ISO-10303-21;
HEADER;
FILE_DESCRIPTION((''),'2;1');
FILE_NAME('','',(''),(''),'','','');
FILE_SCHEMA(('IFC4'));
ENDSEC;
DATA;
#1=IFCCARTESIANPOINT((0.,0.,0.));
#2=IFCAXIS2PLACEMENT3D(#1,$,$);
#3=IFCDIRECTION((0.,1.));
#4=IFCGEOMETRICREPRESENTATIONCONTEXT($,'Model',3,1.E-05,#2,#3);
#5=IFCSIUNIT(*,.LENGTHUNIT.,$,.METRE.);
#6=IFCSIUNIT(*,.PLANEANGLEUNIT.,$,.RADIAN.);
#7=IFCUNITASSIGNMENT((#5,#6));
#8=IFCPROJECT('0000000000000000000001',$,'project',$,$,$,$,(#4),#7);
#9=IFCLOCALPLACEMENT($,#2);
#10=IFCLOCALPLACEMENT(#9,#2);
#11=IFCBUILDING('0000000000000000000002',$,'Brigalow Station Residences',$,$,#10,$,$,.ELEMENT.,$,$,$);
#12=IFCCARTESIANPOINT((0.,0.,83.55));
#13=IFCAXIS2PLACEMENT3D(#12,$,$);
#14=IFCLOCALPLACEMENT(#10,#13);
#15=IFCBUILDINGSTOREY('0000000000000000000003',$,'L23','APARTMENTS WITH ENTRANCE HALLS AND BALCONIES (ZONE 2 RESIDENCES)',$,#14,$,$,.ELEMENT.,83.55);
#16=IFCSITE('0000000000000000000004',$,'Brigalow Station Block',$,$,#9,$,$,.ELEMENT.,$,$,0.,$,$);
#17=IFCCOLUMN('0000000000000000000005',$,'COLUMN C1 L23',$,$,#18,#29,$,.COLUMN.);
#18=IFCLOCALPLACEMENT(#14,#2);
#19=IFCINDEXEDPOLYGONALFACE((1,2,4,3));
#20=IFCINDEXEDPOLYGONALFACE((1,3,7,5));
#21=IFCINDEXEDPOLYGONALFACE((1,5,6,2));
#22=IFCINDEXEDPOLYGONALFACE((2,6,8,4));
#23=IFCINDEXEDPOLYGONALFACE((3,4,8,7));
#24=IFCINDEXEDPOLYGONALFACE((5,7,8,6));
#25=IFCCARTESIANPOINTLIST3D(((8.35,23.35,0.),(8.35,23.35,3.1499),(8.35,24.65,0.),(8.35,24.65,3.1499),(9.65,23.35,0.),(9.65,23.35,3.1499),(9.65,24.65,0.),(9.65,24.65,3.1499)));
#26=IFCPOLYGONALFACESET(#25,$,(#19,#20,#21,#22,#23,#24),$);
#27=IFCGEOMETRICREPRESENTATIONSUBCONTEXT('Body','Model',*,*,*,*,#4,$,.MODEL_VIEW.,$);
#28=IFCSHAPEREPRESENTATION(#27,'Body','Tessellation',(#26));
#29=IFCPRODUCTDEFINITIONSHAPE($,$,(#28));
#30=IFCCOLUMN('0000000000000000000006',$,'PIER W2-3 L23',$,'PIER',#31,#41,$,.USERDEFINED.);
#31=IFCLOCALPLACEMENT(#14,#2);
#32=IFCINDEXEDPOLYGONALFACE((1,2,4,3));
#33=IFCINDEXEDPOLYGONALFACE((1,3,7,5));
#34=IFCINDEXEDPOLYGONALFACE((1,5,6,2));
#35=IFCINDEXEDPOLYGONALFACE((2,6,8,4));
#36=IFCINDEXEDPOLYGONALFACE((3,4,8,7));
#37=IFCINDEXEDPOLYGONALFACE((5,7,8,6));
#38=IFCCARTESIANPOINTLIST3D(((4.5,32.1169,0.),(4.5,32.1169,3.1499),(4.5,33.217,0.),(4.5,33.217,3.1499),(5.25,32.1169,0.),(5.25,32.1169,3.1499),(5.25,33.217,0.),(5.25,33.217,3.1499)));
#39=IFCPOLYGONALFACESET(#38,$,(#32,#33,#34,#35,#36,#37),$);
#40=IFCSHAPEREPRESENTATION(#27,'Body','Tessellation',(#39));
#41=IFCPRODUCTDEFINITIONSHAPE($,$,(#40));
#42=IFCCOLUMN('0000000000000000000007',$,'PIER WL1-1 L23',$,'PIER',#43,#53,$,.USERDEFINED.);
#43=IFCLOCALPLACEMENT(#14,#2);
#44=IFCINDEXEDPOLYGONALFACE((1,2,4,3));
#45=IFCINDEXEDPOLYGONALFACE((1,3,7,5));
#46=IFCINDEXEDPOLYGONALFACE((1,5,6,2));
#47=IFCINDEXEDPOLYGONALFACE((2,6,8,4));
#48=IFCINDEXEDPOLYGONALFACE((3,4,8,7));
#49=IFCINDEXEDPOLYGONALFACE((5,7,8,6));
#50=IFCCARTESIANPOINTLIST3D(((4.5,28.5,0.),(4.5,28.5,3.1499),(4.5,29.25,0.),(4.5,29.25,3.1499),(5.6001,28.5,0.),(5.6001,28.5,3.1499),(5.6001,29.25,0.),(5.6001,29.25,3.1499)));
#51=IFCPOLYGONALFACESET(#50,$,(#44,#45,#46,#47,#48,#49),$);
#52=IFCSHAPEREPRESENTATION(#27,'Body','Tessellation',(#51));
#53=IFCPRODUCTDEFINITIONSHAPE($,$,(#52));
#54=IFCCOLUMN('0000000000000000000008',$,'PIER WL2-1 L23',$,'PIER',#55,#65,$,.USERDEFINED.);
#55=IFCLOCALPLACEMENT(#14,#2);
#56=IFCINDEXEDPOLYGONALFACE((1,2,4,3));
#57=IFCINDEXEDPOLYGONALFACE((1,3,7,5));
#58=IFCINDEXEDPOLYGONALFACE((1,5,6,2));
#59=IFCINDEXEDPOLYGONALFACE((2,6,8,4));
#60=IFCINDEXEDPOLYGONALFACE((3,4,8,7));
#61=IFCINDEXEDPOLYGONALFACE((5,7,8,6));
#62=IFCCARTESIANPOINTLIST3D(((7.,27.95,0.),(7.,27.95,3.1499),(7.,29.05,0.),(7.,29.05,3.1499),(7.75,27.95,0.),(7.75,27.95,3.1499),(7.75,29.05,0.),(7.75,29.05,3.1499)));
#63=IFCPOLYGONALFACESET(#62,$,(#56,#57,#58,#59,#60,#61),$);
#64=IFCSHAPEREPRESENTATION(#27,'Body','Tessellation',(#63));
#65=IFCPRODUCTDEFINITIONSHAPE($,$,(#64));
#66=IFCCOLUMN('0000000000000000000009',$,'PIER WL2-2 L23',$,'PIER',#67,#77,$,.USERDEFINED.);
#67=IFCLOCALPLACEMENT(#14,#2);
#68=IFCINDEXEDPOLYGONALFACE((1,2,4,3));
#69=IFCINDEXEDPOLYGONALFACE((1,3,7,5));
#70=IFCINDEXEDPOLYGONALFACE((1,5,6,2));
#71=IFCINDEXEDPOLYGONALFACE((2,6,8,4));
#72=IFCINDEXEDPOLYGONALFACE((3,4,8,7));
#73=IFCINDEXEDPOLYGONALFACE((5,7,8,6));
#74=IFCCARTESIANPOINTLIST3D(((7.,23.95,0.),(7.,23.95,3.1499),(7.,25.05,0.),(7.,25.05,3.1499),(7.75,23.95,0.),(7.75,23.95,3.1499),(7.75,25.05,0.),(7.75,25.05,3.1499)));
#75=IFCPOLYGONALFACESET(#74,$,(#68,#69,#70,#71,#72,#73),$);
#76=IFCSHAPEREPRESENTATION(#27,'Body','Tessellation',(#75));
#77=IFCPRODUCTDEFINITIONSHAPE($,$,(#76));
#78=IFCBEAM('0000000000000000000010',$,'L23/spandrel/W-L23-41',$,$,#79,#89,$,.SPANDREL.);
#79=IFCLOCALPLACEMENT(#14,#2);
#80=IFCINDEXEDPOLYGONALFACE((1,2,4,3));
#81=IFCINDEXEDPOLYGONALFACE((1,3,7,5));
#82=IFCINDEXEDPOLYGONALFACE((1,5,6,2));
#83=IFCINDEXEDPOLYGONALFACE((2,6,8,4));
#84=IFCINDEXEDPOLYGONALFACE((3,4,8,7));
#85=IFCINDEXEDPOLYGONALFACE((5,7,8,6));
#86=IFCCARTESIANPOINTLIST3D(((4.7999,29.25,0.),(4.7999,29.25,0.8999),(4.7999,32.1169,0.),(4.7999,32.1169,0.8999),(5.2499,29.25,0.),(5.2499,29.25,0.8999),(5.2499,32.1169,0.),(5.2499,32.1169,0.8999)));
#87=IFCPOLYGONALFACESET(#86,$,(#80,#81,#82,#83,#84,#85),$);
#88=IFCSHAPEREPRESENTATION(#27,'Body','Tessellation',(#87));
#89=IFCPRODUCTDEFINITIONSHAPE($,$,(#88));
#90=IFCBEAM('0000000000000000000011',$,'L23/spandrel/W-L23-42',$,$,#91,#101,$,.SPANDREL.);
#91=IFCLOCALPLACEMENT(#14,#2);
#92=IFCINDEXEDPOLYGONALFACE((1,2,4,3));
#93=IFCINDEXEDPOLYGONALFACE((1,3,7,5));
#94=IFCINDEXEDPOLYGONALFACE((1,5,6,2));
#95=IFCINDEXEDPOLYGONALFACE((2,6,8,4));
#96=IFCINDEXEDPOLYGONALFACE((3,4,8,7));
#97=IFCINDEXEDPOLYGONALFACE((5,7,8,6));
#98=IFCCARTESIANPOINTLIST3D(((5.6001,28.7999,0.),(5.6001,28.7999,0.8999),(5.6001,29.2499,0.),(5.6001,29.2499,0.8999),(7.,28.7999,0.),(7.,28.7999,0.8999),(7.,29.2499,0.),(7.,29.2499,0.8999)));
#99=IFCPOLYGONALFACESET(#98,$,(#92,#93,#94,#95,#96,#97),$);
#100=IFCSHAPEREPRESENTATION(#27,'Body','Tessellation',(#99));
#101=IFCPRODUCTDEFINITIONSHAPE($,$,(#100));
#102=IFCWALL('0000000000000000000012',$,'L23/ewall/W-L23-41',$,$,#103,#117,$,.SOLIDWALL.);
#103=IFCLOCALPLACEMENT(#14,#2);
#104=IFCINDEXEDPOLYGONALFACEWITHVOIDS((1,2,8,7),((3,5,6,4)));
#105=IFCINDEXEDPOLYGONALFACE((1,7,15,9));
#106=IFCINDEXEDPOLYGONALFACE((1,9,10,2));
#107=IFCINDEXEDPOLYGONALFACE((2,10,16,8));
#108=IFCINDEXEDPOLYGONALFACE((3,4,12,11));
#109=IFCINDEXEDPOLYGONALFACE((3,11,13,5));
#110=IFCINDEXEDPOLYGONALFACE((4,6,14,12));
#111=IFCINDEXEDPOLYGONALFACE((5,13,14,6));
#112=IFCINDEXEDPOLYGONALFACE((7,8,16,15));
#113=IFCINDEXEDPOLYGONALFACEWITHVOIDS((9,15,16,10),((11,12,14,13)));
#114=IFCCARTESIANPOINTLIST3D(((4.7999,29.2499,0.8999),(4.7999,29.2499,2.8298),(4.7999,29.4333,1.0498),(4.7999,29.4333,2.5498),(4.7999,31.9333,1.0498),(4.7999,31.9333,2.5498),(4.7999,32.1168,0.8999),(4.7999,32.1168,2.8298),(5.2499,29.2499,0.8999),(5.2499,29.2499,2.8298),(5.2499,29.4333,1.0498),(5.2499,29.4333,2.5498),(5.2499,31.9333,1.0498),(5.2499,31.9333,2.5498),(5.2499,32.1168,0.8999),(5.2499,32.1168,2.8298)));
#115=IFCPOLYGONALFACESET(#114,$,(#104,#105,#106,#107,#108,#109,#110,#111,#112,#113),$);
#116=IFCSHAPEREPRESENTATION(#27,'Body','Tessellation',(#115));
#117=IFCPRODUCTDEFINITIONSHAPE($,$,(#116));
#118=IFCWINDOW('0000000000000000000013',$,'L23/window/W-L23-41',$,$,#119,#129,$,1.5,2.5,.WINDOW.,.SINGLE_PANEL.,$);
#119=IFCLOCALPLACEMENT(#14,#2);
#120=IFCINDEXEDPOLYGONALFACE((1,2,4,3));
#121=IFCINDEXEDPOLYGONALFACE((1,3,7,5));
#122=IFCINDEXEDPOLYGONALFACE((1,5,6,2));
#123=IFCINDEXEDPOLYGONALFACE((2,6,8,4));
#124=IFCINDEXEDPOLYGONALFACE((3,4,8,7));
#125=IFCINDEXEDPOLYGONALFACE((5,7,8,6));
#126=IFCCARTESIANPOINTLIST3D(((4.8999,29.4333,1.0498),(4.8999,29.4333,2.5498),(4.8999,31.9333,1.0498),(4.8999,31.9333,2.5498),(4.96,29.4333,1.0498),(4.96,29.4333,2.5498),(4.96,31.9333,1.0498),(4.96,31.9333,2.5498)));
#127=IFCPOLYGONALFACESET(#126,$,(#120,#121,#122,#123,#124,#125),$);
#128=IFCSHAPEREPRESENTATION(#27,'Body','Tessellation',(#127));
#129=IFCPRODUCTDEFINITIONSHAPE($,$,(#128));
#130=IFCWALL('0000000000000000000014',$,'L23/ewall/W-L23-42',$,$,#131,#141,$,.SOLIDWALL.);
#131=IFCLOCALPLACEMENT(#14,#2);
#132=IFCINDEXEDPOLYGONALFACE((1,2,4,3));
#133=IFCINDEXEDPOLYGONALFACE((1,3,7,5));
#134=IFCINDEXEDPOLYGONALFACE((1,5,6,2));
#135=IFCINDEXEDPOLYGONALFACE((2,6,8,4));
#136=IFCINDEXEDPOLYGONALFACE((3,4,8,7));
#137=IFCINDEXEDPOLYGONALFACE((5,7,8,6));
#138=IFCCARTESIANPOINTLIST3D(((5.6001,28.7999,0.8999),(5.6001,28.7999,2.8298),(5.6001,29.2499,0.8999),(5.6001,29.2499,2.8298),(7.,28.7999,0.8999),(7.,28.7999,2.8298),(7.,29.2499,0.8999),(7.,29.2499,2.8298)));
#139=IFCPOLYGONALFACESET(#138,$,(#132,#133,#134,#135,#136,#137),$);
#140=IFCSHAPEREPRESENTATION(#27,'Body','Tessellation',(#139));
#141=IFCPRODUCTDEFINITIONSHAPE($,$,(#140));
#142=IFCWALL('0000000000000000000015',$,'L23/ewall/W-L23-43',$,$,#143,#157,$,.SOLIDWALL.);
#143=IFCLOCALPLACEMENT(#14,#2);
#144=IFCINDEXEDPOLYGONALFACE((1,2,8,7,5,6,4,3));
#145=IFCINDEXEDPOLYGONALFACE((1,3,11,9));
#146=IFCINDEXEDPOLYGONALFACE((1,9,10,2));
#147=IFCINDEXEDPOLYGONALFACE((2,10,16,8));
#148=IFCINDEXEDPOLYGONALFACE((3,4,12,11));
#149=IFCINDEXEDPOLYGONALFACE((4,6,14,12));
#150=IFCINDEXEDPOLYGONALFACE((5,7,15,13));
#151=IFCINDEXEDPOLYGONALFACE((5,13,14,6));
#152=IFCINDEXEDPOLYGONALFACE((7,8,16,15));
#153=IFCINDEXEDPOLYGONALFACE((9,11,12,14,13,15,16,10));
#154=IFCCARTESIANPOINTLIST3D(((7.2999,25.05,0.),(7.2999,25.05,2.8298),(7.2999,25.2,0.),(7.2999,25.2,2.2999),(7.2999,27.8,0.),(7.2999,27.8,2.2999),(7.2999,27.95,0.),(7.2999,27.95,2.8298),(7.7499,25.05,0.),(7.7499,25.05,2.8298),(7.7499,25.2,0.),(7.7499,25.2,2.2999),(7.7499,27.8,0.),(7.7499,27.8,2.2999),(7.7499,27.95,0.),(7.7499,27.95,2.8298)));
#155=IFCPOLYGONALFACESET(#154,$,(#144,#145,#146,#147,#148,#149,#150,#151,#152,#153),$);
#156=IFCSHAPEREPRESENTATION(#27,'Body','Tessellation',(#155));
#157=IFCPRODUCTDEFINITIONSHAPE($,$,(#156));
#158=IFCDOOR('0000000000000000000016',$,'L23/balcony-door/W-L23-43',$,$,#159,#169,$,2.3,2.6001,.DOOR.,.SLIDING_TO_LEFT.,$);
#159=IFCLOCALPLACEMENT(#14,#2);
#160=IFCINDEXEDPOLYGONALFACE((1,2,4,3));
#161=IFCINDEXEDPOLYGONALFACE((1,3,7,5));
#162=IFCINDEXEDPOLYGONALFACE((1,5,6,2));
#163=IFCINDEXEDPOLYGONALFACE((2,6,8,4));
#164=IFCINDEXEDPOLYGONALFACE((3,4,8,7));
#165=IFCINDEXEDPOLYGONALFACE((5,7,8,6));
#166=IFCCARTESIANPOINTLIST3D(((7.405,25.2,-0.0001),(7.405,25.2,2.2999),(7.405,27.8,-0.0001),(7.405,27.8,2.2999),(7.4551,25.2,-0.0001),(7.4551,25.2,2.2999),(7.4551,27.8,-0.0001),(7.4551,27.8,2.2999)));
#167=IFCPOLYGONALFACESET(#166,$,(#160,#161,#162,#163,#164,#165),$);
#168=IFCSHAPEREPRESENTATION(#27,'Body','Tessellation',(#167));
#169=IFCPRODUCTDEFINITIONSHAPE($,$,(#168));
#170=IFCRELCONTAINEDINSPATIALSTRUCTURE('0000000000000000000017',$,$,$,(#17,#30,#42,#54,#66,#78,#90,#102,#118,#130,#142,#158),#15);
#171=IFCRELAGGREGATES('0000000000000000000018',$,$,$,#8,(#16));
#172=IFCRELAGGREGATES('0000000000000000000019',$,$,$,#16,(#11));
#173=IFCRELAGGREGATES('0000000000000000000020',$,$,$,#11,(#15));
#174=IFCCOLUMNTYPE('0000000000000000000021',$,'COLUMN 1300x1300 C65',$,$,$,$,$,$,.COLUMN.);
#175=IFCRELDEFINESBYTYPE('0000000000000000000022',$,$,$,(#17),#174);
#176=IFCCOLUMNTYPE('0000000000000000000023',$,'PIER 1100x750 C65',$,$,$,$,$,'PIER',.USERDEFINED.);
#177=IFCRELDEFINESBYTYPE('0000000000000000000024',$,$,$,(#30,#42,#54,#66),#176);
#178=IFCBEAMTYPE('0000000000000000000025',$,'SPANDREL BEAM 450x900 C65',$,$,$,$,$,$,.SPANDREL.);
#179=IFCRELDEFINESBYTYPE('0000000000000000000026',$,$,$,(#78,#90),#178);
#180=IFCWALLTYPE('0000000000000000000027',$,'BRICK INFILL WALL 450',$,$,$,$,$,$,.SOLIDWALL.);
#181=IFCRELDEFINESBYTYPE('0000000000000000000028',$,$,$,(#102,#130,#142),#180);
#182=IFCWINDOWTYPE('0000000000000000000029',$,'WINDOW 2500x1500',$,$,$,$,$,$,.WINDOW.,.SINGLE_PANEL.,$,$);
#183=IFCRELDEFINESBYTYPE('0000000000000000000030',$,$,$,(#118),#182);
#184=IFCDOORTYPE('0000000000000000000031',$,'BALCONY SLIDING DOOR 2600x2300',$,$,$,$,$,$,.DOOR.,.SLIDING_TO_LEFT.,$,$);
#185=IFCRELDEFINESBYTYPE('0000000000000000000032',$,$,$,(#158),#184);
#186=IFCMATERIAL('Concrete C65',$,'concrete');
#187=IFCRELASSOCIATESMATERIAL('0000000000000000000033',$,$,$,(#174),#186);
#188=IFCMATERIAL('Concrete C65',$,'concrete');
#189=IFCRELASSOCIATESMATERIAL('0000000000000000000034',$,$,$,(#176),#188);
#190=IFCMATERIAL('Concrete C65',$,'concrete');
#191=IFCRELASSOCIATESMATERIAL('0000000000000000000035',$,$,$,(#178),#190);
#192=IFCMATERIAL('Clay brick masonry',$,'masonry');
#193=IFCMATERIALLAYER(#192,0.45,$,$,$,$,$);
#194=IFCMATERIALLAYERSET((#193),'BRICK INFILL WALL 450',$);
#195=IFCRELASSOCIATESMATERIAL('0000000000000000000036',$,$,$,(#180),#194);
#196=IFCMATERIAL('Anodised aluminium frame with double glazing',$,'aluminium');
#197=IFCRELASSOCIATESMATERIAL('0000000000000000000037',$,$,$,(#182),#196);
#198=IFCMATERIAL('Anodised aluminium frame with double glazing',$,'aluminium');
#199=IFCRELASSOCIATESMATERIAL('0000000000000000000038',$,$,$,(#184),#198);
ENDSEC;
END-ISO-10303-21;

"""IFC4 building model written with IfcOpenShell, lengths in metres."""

from ifc_helpers import new_model, si_unit, direction, frame, frame_2d, origin, origin_2d, place, context, subcontext, project, spatial, rectangle, extrude, material, layer, layer_set, material_profile, profile_set, type_object, element, fill, save


model = new_model("IFC4")

# Units and contexts
model_context = context("Model", 3, precision=1e-05, world=origin(), true_north=direction((0.0, 1.0)))
body_context = subcontext(model_context, "Body", "Model", "MODEL_VIEW")
ifc_project = project(units=[si_unit("LENGTHUNIT", "METRE"), si_unit("PLANEANGLEUNIT", "RADIAN")], contexts=[model_context])

# Site, building, storey
site_placement = place(None, origin())
site = spatial("IfcSite", under=ifc_project, at=site_placement, Name="Brigalow Station Block", CompositionType="ELEMENT", RefElevation=0.0)
building_placement = place(site_placement, origin())
building = spatial("IfcBuilding", under=site, at=building_placement, Name="Brigalow Station Residences", CompositionType="ELEMENT")
storey_placement = place(building_placement, frame((0.0, 0.0, 83.55)))
storey = spatial("IfcBuildingStorey", under=building, at=storey_placement, Name="L23", Description="APARTMENTS WITH ENTRANCE HALLS AND BALCONIES (ZONE 2 RESIDENCES)", CompositionType="ELEMENT", Elevation=83.55)

# Columns
ifc_material_1 = material(Name="Concrete C65", Category="concrete")
ifc_material_profile_1 = material_profile(ifc_material_1, rectangle(XDim=1.3, YDim=1.3, at=origin_2d()), Name="RC1300x1300")
ifc_profile_set_1 = profile_set([ifc_material_profile_1], Name="Concrete C65")
column_type_1 = type_object("IfcColumnType", Name="COLUMN 1300x1300 C65", PredefinedType="COLUMN", material=ifc_profile_set_1)
column_placement = place(storey_placement, frame((9.0, 24.0, 0.0), z_axis=(0.0, 0.0, 1.0), x_axis=(1.0, 0.0, 0.0)))
element("IfcColumn", 1, at=column_placement, inside=storey, type_object=column_type_1, Name="COLUMN C1 L23", PredefinedType="COLUMN", context=body_context, shape_type="SweptSolid", body=[
    extrude(rectangle(XDim=1.3, YDim=1.3, at=origin_2d()), origin(), (0.0, 0.0, 1.0), 3.1499),
])
ifc_material_2 = material(Name="Concrete C65", Category="concrete")
ifc_material_profile_2 = material_profile(ifc_material_2, rectangle(XDim=1.1001, YDim=0.75, at=origin_2d()), Name="RC1100x750")
ifc_profile_set_2 = profile_set([ifc_material_profile_2], Name="Concrete C65")
column_type_2 = type_object("IfcColumnType", Name="PIER 1100x750 C65", ElementType="PIER", PredefinedType="USERDEFINED", material=ifc_profile_set_2)
for number, where, z_axis, x_axis, name in (
    (2, (4.875, 32.667, 0.0), (0.0, 0.0, 1.0), (0.0, -1.0, 0.0), "PIER W2-3 L23"),
    (3, (5.05, 28.875, 0.0), (0.0, 0.0, 1.0), (1.0, 0.0, 0.0), "PIER WL1-1 L23"),
    (4, (7.375, 28.5, 0.0), (0.0, 0.0, 1.0), (0.0, -1.0, 0.0), "PIER WL2-1 L23"),
    (5, (7.375, 24.5, 0.0), (0.0, 0.0, 1.0), (0.0, -1.0, 0.0), "PIER WL2-2 L23"),
):
    element("IfcColumn", number, at=place(storey_placement, frame(where, z_axis=z_axis, x_axis=x_axis)), inside=storey, type_object=column_type_2, Name=name, ObjectType="PIER", PredefinedType="USERDEFINED", context=body_context, shape_type="SweptSolid", body=[
        extrude(rectangle(XDim=1.1001, YDim=0.75, at=origin_2d()), origin(), (0.0, 0.0, 1.0), 3.1499),
    ])

# Beams
ifc_material_3 = material(Name="Concrete C65", Category="concrete")
ifc_material_profile_3 = material_profile(ifc_material_3, rectangle(XDim=0.45, YDim=0.8999, at=origin_2d()), Name="RC450x900")
ifc_profile_set_3 = profile_set([ifc_material_profile_3], Name="Concrete C65")
beam_type = type_object("IfcBeamType", Name="SPANDREL BEAM 450x900 C65", PredefinedType="SPANDREL", material=ifc_profile_set_3)
beam_1_placement = place(storey_placement, frame((5.0249, 32.1169, 0.45), z_axis=(0.0, -1.0, 0.0), x_axis=(1.0, 0.0, 0.0)))
element("IfcBeam", 6, at=beam_1_placement, inside=storey, type_object=beam_type, Name="L23/spandrel/W-L23-41", PredefinedType="SPANDREL", context=body_context, shape_type="SweptSolid", body=[
    extrude(rectangle(XDim=0.45, YDim=0.8999, at=origin_2d()), origin(), (0.0, 0.0, 1.0), 2.8669),
])
beam_2_placement = place(storey_placement, frame((5.6001, 29.0249, 0.45), z_axis=(1.0, 0.0, 0.0), x_axis=(0.0, 1.0, 0.0)))
element("IfcBeam", 7, at=beam_2_placement, inside=storey, type_object=beam_type, Name="L23/spandrel/W-L23-42", PredefinedType="SPANDREL", context=body_context, shape_type="SweptSolid", body=[
    extrude(rectangle(XDim=0.45, YDim=0.8999, at=origin_2d()), origin(), (0.0, 0.0, 1.0), 1.3999),
])

# Wall, opening, window
ifc_material_4 = material(Name="Clay brick masonry", Category="masonry")
ifc_layer_1 = layer(ifc_material_4, 0.45)
ifc_layer_set_1 = layer_set([ifc_layer_1], Name="BRICK INFILL WALL 450")
wall_type_1 = type_object("IfcWallType", Name="BRICK INFILL WALL 450", PredefinedType="SOLIDWALL", material=ifc_layer_set_1)
wall_1_placement = place(storey_placement, frame((5.0249, 32.1169, 0.8999), z_axis=(0.0, 0.0, 1.0), x_axis=(0.0, -1.0, 0.0)))
wall_1 = element("IfcWall", 8, at=wall_1_placement, inside=storey, type_object=wall_type_1, Name="L23/ewall/W-L23-41", PredefinedType="SOLIDWALL", context=body_context, shape_type="SweptSolid", body=[
    extrude(rectangle(XDim=2.8669, YDim=0.45, at=frame_2d((1.4336, 0.0))), origin(), (0.0, 0.0, 1.0), 1.9299),
])
opening_1_placement = place(wall_1_placement, frame((0.1836, 0.0, 0.1499)))
opening_1 = element("IfcOpeningElement", 9, at=opening_1_placement, cuts=wall_1, PredefinedType="OPENING", context=body_context, shape_type="SweptSolid", body=[
    extrude(rectangle(XDim=2.5, YDim=1.5, at=frame_2d((1.25, 0.75))), frame((0.0, 0.2349, 0.0), z_axis=(0.0, -1.0, 0.0), x_axis=(1.0, 0.0, 0.0)), (0.0, 0.0, 1.0), 0.47),
])
ifc_material_5 = material(Name="Anodised aluminium frame with double glazing", Category="aluminium")
window_type = type_object("IfcWindowType", Name="WINDOW 2500x1500", PartitioningType="SINGLE_PANEL", PredefinedType="WINDOW", material=ifc_material_5)
window_placement = place(opening_1_placement, origin())
window = element("IfcWindow", 10, at=window_placement, inside=storey, type_object=window_type, Name="L23/window/W-L23-41", OverallHeight=1.5, OverallWidth=2.5, PartitioningType="SINGLE_PANEL", PredefinedType="WINDOW", context=body_context, shape_type="SweptSolid", body=[
    extrude(rectangle(XDim=2.5, YDim=1.5, at=frame_2d((1.25, 0.75))), frame((0.0, -0.0649, 0.0), z_axis=(0.0, -1.0, 0.0), x_axis=(1.0, 0.0, 0.0)), (0.0, 0.0, 1.0), 0.0601),
])
fill(opening_1, window)

# Wall
wall_2_placement = place(storey_placement, frame((5.6001, 29.0249, 0.8999), z_axis=(0.0, 0.0, 1.0), x_axis=(1.0, 0.0, 0.0)))
element("IfcWall", 11, at=wall_2_placement, inside=storey, type_object=wall_type_1, Name="L23/ewall/W-L23-42", PredefinedType="SOLIDWALL", context=body_context, shape_type="SweptSolid", body=[
    extrude(rectangle(XDim=1.3999, YDim=0.45, at=frame_2d((0.7, 0.0))), origin(), (0.0, 0.0, 1.0), 1.9299),
])

# Wall, opening, door
wall_3_placement = place(storey_placement, frame((7.5249, 27.95, 0.0), z_axis=(0.0, 0.0, 1.0), x_axis=(0.0, -1.0, 0.0)))
wall_3 = element("IfcWall", 12, at=wall_3_placement, inside=storey, type_object=wall_type_1, Name="L23/ewall/W-L23-43", PredefinedType="SOLIDWALL", context=body_context, shape_type="SweptSolid", body=[
    extrude(rectangle(XDim=2.8999, YDim=0.45, at=frame_2d((1.45, 0.0))), origin(), (0.0, 0.0, 1.0), 2.8298),
])
opening_2_placement = place(wall_3_placement, frame((0.1499, 0.0, 0.0)))
opening_2 = element("IfcOpeningElement", 13, at=opening_2_placement, cuts=wall_3, PredefinedType="OPENING", context=body_context, shape_type="SweptSolid", body=[
    extrude(rectangle(XDim=2.6001, YDim=2.3, at=frame_2d((1.3, 1.1499))), frame((0.0, 0.2349, 0.0), z_axis=(0.0, -1.0, 0.0), x_axis=(1.0, 0.0, 0.0)), (0.0, 0.0, 1.0), 0.47),
])
ifc_material_6 = material(Name="Anodised aluminium frame with double glazing", Category="aluminium")
door_type_1 = type_object("IfcDoorType", Name="BALCONY SLIDING DOOR 2600x2300", OperationType="SLIDING_TO_LEFT", PredefinedType="DOOR", material=ifc_material_6)
door_1_placement = place(opening_2_placement, origin())
door_1 = element("IfcDoor", 14, at=door_1_placement, inside=storey, type_object=door_type_1, Name="L23/balcony-door/W-L23-43", OperationType="SLIDING_TO_LEFT", OverallHeight=2.3, OverallWidth=2.6001, PredefinedType="DOOR", context=body_context, shape_type="SweptSolid", body=[
    extrude(rectangle(XDim=2.6001, YDim=2.3, at=frame_2d((1.3, 1.1499))), frame((0.0, -0.0698, 0.0), z_axis=(0.0, -1.0, 0.0), x_axis=(1.0, 0.0, 0.0)), (0.0, 0.0, 1.0), 0.05),
])
fill(opening_2, door_1)

save(model, "model.ifc")
